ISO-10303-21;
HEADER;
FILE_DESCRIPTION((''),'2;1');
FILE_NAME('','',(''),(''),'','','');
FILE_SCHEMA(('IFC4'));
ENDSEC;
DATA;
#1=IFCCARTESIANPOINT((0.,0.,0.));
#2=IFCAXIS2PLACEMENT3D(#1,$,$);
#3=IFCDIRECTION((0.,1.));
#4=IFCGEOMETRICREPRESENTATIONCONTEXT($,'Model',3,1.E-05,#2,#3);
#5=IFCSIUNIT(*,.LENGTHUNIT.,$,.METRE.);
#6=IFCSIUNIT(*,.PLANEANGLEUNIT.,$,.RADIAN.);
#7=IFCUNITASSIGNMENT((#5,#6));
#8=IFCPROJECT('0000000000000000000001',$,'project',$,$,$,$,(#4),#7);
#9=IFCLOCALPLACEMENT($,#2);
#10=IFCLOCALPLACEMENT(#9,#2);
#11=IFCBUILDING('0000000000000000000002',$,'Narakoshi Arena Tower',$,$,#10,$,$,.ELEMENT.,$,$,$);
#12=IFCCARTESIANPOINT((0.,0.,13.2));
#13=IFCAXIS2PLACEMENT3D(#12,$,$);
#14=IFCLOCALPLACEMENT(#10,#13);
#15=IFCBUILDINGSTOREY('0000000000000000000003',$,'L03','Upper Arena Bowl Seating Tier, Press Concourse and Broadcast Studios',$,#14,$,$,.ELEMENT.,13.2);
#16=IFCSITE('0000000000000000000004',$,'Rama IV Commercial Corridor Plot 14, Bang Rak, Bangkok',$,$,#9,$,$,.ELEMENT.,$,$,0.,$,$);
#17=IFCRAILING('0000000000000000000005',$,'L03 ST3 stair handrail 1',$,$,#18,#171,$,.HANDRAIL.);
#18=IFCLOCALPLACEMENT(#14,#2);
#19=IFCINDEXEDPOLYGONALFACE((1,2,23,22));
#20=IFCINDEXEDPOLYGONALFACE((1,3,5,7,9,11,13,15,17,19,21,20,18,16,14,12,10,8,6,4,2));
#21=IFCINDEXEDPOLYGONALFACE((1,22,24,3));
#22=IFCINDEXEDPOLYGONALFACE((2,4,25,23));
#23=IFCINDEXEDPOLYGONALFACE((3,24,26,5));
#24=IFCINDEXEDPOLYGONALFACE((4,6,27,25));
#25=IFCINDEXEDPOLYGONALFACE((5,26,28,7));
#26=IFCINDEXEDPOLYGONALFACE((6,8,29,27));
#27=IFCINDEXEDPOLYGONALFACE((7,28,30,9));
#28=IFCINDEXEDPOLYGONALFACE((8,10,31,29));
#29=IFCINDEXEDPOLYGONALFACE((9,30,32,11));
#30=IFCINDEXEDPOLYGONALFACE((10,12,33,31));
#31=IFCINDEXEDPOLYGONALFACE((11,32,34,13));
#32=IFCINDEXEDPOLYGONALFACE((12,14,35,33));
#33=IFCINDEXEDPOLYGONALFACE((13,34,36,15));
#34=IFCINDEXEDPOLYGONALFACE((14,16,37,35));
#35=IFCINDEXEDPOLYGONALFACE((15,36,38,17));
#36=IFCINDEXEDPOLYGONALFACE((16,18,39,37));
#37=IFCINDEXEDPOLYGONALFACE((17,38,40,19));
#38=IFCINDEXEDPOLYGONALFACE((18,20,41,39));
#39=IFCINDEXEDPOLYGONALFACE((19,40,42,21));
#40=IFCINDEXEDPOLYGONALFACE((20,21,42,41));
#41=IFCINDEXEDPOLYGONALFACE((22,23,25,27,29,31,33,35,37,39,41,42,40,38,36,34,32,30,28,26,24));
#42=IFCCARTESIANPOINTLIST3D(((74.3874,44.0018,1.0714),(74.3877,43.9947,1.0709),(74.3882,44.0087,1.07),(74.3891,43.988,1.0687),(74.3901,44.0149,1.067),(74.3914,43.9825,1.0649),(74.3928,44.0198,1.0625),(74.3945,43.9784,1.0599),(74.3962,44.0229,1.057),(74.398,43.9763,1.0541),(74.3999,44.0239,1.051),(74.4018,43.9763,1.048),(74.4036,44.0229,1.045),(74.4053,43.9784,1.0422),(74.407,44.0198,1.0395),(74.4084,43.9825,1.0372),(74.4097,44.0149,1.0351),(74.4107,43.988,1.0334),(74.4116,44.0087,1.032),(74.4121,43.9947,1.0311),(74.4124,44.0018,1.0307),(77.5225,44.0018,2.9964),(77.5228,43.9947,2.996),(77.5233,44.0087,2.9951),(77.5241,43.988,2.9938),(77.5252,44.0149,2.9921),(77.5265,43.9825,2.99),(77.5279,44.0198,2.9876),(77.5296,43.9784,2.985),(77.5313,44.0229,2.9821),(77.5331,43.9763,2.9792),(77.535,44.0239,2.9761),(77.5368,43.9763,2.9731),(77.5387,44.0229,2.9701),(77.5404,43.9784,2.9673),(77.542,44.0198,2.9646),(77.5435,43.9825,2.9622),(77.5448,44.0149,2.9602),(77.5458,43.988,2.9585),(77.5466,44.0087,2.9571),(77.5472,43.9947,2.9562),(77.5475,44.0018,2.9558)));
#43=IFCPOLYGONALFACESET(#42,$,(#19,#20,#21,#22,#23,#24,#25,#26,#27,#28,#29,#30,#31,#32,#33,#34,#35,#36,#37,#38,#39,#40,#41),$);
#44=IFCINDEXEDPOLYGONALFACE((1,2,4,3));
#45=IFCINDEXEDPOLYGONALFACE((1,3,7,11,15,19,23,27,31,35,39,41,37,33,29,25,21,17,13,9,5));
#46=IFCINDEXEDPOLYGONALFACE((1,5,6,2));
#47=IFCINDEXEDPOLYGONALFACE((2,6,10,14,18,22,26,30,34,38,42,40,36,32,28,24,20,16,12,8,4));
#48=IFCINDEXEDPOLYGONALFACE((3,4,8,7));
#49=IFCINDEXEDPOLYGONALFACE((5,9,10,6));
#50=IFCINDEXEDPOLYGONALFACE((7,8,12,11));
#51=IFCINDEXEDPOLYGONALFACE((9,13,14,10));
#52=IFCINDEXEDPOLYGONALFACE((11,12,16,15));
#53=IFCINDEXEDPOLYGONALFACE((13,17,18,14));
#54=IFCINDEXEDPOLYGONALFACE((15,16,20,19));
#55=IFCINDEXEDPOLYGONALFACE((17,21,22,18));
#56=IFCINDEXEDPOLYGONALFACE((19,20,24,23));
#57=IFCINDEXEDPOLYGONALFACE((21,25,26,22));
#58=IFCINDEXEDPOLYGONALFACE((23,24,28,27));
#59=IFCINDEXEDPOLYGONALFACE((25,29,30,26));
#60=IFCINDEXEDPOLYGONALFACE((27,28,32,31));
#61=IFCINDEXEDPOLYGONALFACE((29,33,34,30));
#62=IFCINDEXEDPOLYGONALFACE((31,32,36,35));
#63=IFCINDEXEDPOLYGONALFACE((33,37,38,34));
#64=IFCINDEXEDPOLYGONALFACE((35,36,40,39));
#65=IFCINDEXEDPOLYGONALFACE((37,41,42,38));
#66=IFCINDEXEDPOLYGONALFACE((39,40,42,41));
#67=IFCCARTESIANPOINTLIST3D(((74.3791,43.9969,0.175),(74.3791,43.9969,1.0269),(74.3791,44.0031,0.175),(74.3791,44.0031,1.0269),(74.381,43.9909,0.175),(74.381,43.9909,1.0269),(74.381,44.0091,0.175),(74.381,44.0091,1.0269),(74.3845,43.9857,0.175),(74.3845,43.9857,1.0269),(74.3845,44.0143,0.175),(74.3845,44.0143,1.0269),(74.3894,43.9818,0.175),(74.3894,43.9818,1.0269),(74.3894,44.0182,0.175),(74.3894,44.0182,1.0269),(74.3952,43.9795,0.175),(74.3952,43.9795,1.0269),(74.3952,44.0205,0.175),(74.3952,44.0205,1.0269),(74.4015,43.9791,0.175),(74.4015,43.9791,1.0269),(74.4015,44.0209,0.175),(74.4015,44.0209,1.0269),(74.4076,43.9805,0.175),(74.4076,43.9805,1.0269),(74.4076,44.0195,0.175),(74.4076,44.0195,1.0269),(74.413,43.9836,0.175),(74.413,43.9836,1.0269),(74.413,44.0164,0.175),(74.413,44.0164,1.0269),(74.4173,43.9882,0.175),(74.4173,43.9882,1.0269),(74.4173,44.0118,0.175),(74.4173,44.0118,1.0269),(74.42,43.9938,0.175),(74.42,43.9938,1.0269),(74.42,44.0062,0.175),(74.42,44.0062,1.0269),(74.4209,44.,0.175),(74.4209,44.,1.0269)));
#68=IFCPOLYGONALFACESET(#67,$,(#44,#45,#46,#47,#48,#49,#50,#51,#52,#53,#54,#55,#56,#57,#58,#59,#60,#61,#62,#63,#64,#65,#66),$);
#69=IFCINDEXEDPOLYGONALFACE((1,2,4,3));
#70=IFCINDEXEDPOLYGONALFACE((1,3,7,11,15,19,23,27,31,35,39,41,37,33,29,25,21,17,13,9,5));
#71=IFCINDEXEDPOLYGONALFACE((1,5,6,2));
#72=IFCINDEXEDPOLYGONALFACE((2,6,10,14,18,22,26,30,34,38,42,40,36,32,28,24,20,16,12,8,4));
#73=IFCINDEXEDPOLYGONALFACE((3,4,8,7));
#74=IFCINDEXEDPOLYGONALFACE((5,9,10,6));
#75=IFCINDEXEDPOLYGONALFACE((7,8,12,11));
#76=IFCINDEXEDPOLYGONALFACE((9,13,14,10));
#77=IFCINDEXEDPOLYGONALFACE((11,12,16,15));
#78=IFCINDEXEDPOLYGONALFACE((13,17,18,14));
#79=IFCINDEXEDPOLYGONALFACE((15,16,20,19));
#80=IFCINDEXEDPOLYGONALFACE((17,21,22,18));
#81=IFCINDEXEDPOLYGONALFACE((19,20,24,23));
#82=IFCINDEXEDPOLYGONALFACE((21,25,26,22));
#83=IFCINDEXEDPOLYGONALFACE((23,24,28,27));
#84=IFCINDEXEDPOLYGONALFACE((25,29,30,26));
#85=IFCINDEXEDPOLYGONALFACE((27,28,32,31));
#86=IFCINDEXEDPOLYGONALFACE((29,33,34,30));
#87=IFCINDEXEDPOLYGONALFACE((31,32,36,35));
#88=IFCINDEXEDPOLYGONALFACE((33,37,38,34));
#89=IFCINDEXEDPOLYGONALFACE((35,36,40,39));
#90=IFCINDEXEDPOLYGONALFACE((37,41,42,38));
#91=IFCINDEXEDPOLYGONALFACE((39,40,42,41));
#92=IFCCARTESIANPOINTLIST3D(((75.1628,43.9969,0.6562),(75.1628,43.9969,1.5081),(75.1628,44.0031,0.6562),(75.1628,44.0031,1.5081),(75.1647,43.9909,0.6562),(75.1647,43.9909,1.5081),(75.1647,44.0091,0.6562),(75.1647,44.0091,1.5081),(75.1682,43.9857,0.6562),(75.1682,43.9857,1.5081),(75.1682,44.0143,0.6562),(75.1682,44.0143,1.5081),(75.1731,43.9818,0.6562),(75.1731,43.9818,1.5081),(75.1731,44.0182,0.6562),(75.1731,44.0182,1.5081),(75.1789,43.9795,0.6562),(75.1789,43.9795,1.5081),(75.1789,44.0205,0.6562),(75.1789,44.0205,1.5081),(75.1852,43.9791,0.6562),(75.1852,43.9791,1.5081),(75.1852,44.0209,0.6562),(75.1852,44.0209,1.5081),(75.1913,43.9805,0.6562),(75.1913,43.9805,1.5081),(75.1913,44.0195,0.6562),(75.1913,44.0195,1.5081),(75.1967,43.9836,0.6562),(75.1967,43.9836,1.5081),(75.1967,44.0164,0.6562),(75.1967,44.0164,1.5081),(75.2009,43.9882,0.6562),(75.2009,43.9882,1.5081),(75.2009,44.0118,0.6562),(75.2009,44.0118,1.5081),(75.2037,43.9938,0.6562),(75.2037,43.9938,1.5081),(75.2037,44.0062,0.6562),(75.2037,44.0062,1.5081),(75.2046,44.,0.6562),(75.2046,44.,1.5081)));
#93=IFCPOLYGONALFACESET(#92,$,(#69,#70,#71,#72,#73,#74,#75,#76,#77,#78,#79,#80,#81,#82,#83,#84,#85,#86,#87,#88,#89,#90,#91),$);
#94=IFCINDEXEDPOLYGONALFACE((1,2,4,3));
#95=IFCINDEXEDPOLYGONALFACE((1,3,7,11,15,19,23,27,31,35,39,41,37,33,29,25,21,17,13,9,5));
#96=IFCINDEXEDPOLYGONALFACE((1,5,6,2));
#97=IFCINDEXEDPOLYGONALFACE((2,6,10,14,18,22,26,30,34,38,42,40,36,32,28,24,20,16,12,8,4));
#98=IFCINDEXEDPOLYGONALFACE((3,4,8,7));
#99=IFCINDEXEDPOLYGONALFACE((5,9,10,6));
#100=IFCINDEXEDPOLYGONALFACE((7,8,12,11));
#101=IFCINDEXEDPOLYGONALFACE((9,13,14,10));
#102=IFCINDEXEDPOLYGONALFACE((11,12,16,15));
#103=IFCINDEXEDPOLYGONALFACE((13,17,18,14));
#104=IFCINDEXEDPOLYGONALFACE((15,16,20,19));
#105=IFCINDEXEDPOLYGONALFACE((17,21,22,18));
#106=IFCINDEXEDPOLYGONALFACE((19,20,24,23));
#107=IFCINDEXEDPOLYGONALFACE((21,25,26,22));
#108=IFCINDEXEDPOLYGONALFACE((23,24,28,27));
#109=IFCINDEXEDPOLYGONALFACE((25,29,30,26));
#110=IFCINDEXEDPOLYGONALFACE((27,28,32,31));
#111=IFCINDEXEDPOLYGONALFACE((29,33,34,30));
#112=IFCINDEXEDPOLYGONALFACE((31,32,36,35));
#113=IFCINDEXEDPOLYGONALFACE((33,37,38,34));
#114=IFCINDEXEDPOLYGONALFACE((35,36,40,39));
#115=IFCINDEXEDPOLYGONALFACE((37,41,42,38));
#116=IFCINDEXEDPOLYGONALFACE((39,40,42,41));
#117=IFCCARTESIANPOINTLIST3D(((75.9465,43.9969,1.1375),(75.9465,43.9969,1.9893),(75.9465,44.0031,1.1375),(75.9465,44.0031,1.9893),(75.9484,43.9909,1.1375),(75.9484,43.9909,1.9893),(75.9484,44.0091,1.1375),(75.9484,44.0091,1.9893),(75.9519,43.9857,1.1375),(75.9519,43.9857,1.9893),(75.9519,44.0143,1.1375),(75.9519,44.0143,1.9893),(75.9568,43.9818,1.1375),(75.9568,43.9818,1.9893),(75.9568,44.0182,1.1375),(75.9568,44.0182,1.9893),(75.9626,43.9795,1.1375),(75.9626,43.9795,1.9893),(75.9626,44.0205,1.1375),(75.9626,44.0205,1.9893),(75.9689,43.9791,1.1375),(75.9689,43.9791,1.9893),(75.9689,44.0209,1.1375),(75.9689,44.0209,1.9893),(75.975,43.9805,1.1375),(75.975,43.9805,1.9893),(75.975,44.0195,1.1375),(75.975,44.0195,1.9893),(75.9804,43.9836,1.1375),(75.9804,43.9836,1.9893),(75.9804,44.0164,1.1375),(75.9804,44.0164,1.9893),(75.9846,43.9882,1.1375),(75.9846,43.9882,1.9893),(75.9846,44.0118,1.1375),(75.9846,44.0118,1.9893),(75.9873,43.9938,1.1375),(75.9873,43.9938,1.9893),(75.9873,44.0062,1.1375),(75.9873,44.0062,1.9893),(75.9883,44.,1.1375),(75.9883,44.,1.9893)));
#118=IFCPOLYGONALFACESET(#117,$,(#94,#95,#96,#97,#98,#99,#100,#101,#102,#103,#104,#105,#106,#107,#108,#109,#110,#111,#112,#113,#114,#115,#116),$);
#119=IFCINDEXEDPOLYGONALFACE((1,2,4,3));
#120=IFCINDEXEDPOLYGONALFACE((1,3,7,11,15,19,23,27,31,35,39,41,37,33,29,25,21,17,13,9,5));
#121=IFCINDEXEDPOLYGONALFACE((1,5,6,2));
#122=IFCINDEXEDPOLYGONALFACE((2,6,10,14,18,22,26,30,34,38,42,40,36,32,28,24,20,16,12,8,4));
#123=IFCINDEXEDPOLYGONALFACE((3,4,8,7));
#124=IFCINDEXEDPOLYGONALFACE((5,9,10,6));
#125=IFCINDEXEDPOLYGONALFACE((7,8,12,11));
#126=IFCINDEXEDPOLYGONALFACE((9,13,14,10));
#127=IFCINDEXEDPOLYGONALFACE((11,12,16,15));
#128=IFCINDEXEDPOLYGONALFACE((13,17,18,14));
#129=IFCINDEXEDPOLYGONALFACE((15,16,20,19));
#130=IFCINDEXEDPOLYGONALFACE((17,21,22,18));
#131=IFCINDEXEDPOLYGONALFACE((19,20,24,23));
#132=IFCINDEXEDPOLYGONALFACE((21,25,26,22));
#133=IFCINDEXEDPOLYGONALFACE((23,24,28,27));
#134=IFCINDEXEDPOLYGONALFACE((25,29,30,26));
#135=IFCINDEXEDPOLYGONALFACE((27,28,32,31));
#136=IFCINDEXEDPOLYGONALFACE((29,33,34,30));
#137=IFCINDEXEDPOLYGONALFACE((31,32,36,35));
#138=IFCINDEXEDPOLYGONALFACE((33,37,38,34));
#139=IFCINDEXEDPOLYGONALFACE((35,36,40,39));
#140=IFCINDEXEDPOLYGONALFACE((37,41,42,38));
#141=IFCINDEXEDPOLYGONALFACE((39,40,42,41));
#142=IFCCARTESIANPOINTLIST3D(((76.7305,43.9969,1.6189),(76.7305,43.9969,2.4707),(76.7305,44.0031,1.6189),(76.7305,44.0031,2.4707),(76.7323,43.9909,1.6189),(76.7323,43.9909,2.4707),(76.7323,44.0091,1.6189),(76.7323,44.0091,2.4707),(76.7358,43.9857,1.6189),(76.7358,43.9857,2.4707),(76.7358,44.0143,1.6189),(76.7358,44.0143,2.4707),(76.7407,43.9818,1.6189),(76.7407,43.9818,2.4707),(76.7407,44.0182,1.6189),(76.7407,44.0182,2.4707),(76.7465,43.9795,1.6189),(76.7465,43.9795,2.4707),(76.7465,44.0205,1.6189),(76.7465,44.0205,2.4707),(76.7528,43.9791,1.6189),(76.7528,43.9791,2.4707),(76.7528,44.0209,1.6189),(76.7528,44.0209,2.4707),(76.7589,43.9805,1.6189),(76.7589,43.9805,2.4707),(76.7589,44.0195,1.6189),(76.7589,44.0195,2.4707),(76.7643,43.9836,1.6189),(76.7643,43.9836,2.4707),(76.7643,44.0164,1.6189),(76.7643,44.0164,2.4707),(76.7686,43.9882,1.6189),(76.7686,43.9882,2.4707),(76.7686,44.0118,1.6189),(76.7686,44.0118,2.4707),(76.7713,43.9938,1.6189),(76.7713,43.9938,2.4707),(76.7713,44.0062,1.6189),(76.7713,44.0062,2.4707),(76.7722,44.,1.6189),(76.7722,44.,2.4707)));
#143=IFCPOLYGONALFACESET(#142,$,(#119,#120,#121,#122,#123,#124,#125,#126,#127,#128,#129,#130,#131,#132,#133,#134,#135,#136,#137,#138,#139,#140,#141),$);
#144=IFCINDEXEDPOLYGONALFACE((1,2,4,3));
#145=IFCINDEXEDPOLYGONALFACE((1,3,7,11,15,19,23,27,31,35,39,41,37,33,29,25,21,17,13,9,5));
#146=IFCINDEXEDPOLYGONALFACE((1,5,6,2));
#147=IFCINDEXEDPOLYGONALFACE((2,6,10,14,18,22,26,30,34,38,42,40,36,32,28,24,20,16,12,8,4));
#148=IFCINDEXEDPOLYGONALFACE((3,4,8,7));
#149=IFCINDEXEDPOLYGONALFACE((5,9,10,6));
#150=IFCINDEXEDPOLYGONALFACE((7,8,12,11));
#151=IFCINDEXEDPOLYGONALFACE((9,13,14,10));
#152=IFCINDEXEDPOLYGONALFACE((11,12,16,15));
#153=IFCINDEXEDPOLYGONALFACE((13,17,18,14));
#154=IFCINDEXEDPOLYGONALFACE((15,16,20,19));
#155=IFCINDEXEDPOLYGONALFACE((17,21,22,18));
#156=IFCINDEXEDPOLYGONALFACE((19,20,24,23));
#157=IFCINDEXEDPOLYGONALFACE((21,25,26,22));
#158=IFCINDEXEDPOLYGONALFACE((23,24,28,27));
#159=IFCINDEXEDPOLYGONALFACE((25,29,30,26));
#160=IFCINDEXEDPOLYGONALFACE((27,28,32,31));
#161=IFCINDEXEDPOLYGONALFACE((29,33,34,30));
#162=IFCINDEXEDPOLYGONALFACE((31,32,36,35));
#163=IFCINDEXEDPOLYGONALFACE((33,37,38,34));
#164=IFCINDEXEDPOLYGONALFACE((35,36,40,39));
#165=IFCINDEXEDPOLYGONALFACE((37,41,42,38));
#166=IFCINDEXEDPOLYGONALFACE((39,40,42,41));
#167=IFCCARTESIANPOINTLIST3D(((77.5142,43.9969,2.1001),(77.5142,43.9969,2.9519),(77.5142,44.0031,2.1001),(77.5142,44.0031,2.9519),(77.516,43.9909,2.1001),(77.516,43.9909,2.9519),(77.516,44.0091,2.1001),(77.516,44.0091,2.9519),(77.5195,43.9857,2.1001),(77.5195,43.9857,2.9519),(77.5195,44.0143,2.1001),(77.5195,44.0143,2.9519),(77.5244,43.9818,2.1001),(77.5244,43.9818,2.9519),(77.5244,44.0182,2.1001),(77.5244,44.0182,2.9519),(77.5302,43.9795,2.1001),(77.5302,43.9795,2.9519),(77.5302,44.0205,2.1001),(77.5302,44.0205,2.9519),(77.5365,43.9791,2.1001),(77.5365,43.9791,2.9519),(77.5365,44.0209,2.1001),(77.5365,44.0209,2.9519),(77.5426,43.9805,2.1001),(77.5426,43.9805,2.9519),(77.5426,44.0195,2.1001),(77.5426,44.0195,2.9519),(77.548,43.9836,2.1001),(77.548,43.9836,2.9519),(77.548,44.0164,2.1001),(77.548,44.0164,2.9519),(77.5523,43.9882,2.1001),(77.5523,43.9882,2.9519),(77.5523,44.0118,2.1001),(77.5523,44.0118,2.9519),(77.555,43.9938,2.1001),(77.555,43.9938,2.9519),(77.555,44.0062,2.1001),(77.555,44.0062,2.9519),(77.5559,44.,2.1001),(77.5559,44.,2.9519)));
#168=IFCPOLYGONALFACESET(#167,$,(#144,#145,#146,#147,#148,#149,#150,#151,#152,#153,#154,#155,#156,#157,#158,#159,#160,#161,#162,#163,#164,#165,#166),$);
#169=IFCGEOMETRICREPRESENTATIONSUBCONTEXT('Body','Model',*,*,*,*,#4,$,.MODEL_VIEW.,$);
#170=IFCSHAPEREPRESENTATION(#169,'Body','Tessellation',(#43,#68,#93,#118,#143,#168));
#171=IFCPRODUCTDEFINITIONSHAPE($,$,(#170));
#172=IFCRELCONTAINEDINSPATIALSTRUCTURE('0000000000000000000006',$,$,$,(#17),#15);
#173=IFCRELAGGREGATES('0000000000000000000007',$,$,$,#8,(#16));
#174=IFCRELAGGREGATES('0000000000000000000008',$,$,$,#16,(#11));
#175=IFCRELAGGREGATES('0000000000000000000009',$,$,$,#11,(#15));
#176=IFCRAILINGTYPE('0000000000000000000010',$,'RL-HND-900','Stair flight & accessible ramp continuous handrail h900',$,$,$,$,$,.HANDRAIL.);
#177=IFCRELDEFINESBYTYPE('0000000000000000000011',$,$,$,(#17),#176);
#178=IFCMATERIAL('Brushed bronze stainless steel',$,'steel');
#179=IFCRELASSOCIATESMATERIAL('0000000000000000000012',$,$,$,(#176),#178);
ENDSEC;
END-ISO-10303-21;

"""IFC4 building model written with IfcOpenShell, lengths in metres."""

from ifc_helpers import new_model, si_unit, direction, frame, origin, origin_2d, place, context, subcontext, project, spatial, circle, extrude, material, type_object, element, save


model = new_model("IFC4")

# Units and contexts
model_context = context("Model", 3, precision=1e-05, world=origin(), true_north=direction((0.0, 1.0)))
body_context = subcontext(model_context, "Body", "Model", "MODEL_VIEW")
ifc_project = project(units=[si_unit("LENGTHUNIT", "METRE"), si_unit("PLANEANGLEUNIT", "RADIAN")], contexts=[model_context])

# Site, building, storey
site_placement = place(None, origin())
site = spatial("IfcSite", under=ifc_project, at=site_placement, Name="Rama IV Commercial Corridor Plot 14, Bang Rak, Bangkok", CompositionType="ELEMENT", RefElevation=0.0)
building_placement = place(site_placement, origin())
building = spatial("IfcBuilding", under=site, at=building_placement, Name="Narakoshi Arena Tower", CompositionType="ELEMENT")
storey_placement = place(building_placement, frame((0.0, 0.0, 13.2)))
storey = spatial("IfcBuildingStorey", under=building, at=storey_placement, Name="L03", Description="Upper Arena Bowl Seating Tier, Press Concourse and Broadcast Studios", CompositionType="ELEMENT", Elevation=13.2)

# Shared definitions
ifc_material_1 = material(Name="Brushed bronze stainless steel", Category="steel")

# Railing
railing_type_1 = type_object("IfcRailingType", Name="RL-HND-900", Description="Stair flight & accessible ramp continuous handrail h900", PredefinedType="HANDRAIL", material=ifc_material_1)
railing_1_placement = place(storey_placement, frame((74.3999, 44.0, 0.175)))
element("IfcRailing", 1, at=railing_1_placement, inside=storey, type_object=railing_type_1, Name="L03 ST3 stair handrail 1", PredefinedType="HANDRAIL", context=body_context, shape_type="SweptSolid", body=[
    extrude(circle(Radius=0.0239, at=origin_2d()), frame((0.0, 0.0, 0.876), z_axis=(0.852166, 0.0, 0.523271), x_axis=(0.0, 1.0, 0.0)), (0.0, 0.0, 1.0), 3.679),
    extrude(circle(Radius=0.021, at=origin_2d()), origin(), (0.0, 0.0, 1.0), 0.8518),
    extrude(circle(Radius=0.021, at=origin_2d()), frame((0.7837, 0.0, 0.4812)), (0.0, 0.0, 1.0), 0.8518),
    extrude(circle(Radius=0.021, at=origin_2d()), frame((1.5674, 0.0, 0.9624)), (0.0, 0.0, 1.0), 0.8518),
    extrude(circle(Radius=0.021, at=origin_2d()), frame((2.3513, 0.0, 1.4438)), (0.0, 0.0, 1.0), 0.8518),
    extrude(circle(Radius=0.021, at=origin_2d()), frame((3.135, 0.0, 1.925)), (0.0, 0.0, 1.0), 0.8518),
])

save(model, "model.ifc")
